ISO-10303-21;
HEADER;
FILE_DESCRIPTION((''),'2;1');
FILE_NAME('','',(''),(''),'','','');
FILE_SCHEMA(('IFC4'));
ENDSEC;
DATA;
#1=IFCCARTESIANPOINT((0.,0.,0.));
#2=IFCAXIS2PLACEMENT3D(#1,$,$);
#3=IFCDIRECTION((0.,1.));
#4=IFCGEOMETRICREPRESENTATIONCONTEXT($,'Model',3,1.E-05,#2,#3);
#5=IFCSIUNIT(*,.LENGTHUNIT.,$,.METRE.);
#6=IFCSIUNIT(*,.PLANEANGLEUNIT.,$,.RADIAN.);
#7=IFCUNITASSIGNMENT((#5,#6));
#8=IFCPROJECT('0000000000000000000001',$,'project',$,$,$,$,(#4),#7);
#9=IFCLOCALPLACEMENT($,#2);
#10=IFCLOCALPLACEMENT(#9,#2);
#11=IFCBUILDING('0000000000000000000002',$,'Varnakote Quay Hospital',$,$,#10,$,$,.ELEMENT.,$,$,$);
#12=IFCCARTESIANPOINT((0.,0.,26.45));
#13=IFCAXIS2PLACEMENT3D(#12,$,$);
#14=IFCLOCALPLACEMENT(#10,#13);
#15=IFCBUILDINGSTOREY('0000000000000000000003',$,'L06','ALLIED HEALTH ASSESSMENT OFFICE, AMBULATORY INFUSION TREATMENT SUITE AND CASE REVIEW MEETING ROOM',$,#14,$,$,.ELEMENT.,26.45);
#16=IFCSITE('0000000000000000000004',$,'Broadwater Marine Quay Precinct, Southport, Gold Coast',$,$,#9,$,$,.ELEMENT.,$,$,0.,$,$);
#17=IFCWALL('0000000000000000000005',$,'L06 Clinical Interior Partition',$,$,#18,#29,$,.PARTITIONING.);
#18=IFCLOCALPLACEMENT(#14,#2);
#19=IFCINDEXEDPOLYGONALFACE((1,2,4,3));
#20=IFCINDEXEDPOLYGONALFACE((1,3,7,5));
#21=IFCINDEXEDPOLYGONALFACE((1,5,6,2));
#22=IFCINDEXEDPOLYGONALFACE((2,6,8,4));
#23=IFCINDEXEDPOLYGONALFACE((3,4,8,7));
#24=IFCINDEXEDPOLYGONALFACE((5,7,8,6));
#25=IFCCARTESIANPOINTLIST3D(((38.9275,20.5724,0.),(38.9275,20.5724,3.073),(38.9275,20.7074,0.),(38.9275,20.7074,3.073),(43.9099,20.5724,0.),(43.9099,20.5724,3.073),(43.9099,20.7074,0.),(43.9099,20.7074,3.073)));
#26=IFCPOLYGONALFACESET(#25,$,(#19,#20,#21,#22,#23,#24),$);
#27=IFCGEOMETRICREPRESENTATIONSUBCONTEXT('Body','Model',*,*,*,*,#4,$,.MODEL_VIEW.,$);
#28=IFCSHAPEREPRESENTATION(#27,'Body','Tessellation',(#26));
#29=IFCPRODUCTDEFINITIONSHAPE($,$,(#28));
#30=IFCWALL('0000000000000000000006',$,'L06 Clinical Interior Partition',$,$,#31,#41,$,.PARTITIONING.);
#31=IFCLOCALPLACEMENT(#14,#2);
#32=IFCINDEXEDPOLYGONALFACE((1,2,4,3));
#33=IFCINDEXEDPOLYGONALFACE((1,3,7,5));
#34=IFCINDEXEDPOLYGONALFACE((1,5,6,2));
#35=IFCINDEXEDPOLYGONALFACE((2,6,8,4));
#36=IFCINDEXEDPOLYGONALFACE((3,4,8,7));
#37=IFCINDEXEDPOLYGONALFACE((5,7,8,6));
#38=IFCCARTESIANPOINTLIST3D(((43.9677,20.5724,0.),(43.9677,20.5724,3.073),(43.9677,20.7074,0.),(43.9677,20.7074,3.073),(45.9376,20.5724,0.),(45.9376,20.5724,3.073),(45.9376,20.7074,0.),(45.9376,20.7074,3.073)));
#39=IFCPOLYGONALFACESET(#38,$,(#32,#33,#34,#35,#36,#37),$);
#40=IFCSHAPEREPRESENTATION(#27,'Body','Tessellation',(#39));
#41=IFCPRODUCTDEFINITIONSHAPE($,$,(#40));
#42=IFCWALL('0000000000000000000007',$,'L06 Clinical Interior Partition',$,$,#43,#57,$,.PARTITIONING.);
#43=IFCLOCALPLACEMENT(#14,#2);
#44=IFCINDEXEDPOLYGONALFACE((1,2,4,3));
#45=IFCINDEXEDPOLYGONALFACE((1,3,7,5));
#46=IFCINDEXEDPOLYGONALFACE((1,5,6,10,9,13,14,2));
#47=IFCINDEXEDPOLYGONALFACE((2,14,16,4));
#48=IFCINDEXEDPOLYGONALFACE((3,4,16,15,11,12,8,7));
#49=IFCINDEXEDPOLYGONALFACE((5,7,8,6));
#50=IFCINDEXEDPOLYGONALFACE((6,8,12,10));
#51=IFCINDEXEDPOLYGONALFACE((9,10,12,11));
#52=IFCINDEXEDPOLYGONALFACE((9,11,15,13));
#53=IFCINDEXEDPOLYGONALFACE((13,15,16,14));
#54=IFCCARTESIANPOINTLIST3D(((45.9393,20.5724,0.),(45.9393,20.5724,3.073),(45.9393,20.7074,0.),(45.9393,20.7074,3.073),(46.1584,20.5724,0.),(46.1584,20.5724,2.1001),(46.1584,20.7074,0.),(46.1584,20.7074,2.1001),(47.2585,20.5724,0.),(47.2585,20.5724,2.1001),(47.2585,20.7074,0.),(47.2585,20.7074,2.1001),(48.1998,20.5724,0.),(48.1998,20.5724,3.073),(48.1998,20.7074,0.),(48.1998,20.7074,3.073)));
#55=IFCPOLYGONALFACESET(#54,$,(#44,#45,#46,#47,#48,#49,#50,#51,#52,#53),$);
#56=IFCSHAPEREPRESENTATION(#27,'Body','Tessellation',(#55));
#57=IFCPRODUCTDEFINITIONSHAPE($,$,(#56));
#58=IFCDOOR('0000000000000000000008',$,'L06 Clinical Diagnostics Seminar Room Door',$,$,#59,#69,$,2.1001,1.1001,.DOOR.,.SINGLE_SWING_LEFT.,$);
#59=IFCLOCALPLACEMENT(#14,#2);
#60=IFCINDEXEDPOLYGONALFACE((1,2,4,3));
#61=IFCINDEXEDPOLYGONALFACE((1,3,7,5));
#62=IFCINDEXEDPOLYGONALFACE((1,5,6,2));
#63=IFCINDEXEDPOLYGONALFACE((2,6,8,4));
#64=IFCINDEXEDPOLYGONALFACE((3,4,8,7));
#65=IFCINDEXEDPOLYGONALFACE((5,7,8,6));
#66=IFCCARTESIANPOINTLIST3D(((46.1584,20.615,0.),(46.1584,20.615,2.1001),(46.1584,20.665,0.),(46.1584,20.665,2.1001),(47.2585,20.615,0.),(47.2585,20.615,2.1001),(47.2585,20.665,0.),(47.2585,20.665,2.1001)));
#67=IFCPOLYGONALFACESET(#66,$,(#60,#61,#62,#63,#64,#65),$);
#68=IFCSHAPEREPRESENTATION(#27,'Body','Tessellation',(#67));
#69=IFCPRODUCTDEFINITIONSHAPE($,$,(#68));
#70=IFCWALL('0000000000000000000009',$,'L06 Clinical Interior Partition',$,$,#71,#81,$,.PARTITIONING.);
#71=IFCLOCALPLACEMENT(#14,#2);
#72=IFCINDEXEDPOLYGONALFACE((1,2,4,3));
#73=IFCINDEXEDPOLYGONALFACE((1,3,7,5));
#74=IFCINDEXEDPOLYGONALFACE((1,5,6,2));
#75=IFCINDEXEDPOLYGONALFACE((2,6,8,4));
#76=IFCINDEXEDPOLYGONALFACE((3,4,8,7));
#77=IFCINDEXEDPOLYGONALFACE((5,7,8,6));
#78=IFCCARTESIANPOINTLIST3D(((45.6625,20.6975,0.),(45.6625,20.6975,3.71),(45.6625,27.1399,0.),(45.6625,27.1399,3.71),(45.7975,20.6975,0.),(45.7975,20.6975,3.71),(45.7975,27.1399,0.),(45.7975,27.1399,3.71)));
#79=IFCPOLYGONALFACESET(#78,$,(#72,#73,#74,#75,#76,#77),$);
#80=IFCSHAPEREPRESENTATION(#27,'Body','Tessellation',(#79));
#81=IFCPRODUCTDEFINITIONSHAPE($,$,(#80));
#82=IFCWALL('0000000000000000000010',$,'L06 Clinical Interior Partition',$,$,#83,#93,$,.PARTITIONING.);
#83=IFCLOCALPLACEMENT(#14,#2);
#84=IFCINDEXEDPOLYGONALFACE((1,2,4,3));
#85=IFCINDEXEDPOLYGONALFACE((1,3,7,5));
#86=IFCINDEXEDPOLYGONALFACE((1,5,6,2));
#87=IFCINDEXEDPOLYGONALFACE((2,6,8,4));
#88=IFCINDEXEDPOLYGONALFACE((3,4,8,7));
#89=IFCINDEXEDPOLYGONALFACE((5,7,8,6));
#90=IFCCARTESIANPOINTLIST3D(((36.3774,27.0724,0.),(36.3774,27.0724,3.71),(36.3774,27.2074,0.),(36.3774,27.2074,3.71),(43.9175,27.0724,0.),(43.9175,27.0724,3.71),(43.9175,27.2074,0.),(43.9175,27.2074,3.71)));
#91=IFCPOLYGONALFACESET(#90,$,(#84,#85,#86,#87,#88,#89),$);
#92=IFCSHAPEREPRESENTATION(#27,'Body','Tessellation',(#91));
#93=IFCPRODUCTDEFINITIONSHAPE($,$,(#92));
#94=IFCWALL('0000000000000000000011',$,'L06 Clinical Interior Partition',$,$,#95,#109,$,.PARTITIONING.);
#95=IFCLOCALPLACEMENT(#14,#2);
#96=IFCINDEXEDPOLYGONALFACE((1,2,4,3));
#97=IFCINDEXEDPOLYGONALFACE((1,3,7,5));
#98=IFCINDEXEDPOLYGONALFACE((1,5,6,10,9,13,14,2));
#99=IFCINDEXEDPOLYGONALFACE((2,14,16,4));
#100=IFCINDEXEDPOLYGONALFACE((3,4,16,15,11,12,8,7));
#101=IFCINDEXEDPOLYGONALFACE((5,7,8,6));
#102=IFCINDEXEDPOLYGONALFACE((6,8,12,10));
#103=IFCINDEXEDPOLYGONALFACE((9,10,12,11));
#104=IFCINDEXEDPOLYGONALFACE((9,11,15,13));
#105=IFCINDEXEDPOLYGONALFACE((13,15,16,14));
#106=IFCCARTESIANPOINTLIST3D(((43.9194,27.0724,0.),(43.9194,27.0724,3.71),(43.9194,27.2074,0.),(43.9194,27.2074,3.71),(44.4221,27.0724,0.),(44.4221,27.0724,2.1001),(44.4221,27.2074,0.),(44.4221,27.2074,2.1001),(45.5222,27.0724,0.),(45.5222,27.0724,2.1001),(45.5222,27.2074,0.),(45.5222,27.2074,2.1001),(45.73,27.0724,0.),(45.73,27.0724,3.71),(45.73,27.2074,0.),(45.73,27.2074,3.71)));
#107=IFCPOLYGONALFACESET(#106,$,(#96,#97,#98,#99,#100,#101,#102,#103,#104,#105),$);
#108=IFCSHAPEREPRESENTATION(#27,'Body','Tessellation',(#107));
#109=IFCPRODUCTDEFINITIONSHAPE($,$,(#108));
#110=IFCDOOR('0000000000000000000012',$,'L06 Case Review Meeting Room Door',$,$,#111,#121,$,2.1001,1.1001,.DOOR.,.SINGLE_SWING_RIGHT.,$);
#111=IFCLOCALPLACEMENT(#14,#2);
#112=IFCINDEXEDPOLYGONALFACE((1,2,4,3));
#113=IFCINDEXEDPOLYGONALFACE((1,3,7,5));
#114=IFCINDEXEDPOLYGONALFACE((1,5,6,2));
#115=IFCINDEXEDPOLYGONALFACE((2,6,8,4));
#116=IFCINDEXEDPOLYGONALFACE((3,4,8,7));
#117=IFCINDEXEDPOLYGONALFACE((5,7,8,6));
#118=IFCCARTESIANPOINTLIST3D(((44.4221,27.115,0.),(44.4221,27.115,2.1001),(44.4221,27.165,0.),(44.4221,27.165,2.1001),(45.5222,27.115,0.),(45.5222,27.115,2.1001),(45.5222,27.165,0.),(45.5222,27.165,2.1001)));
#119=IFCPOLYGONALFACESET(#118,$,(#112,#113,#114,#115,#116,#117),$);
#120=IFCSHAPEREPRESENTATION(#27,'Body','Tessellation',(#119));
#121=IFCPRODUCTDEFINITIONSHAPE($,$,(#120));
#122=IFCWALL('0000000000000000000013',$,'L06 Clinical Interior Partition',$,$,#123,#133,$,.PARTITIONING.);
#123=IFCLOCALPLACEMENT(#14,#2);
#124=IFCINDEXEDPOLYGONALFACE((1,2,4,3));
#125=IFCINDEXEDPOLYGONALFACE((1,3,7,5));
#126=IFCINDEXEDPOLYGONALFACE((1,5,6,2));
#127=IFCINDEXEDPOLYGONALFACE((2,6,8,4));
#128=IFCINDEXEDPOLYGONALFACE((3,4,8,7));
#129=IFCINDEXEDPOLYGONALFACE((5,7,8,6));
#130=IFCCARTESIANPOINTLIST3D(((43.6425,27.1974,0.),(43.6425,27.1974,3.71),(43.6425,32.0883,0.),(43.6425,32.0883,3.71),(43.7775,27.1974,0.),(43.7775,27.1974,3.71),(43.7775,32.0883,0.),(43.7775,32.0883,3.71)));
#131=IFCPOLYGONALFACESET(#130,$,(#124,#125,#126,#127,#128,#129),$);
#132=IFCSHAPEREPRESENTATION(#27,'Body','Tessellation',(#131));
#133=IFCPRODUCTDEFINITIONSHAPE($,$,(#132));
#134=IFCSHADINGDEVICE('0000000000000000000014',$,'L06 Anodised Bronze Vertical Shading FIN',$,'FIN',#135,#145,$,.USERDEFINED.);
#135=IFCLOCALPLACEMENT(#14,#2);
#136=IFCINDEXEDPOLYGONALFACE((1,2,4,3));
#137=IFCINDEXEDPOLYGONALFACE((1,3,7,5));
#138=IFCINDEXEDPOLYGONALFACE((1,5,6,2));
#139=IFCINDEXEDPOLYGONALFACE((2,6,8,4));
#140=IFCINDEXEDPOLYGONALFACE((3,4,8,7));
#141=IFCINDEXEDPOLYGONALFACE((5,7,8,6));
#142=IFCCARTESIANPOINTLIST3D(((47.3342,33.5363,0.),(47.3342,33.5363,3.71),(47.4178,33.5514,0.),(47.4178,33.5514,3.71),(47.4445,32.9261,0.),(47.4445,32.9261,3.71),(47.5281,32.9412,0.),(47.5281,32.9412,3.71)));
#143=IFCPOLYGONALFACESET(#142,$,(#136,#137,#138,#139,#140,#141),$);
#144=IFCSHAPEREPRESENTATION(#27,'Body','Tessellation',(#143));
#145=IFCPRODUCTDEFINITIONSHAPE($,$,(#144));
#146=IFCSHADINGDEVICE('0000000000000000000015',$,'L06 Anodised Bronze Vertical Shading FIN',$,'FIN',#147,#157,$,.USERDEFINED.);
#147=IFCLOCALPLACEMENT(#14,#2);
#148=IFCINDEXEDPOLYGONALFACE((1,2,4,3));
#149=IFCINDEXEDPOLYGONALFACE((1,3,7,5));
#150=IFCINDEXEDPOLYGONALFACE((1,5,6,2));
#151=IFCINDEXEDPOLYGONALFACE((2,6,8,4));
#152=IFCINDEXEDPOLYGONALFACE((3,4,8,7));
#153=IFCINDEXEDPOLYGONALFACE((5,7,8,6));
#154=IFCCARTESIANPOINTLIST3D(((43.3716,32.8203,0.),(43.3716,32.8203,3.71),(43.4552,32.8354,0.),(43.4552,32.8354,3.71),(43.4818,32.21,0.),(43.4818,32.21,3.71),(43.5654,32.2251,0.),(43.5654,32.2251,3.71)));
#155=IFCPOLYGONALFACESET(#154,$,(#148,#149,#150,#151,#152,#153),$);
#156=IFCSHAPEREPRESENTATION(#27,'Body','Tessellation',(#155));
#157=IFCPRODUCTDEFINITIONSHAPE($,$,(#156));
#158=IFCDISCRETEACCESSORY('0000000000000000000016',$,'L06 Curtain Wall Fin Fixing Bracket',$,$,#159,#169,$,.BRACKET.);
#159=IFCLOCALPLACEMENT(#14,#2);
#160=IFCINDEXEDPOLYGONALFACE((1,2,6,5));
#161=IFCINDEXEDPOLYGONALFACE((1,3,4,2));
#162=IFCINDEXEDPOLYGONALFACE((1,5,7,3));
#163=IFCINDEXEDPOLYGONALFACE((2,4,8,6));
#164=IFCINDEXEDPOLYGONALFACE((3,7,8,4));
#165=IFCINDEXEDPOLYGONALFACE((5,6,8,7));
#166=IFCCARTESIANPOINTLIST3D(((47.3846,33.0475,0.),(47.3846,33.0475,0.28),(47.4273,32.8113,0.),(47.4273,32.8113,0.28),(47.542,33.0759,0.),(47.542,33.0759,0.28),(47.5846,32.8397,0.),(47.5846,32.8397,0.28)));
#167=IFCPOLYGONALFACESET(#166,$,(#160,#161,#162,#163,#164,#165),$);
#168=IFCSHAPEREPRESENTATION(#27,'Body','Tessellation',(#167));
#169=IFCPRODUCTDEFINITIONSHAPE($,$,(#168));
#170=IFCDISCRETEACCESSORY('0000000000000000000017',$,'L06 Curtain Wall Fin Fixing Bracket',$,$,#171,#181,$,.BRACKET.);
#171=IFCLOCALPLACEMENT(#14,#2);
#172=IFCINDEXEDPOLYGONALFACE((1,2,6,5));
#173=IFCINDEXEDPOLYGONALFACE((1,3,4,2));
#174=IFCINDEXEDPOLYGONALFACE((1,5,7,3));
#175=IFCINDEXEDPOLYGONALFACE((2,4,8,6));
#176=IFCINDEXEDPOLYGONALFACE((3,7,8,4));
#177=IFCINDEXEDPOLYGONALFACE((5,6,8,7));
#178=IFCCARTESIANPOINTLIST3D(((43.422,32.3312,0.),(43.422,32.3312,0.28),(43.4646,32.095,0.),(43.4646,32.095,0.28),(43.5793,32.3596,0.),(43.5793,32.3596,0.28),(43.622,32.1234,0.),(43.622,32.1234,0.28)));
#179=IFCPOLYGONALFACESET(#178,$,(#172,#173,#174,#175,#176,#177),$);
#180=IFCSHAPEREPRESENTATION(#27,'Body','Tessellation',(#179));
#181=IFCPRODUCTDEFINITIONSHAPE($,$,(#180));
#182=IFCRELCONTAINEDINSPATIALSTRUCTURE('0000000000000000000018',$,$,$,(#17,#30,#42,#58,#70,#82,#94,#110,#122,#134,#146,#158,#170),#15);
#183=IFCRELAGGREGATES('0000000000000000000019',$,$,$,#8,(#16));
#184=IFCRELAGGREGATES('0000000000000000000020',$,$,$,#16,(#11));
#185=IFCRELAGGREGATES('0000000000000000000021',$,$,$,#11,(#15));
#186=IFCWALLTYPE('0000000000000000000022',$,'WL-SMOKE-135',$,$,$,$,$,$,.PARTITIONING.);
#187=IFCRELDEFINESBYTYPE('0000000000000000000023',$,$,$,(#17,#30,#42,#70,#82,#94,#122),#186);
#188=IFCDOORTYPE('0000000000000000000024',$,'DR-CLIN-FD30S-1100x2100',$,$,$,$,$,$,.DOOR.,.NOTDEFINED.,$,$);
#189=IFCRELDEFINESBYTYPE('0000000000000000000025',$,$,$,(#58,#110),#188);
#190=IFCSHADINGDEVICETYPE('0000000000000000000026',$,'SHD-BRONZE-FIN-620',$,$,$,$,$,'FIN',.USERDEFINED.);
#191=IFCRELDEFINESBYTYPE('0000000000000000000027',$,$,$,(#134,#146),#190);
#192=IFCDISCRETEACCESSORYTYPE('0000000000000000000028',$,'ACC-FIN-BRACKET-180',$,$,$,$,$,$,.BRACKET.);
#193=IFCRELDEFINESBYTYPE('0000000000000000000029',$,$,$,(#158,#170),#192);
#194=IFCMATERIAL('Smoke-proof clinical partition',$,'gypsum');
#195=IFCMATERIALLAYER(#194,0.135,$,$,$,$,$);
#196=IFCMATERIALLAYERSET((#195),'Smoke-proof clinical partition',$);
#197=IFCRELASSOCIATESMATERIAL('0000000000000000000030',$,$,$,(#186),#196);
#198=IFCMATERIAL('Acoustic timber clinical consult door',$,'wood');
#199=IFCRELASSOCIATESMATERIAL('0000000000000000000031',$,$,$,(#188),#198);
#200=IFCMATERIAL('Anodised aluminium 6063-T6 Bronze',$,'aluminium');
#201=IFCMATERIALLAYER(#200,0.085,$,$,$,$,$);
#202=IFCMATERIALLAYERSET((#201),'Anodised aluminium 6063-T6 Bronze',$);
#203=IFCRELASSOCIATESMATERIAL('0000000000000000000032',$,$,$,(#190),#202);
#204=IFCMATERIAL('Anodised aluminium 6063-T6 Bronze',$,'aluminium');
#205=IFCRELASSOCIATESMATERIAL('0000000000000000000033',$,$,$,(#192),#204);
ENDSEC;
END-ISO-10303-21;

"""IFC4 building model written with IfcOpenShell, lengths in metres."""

from ifc_helpers import new_model, si_unit, direction, frame, frame_2d, origin, origin_2d, place, context, subcontext, project, spatial, rectangle, extrude, material, layer, layer_set, type_object, element, fill, save


model = new_model("IFC4")

# Units and contexts
model_context = context("Model", 3, precision=1e-05, world=origin(), true_north=direction((0.0, 1.0)))
body_context = subcontext(model_context, "Body", "Model", "MODEL_VIEW")
ifc_project = project(units=[si_unit("LENGTHUNIT", "METRE"), si_unit("PLANEANGLEUNIT", "RADIAN")], contexts=[model_context])

# Site, building, storey
site_placement = place(None, origin())
site = spatial("IfcSite", under=ifc_project, at=site_placement, Name="Broadwater Marine Quay Precinct, Southport, Gold Coast", CompositionType="ELEMENT", RefElevation=0.0)
building_placement = place(site_placement, origin())
building = spatial("IfcBuilding", under=site, at=building_placement, Name="Varnakote Quay Hospital", CompositionType="ELEMENT")
storey_placement = place(building_placement, frame((0.0, 0.0, 26.45)))
storey = spatial("IfcBuildingStorey", under=building, at=storey_placement, Name="L06", Description="ALLIED HEALTH ASSESSMENT OFFICE, AMBULATORY INFUSION TREATMENT SUITE AND CASE REVIEW MEETING ROOM", CompositionType="ELEMENT", Elevation=26.45)

# Walls
ifc_material_1 = material(Name="Smoke-proof clinical partition", Category="gypsum")
ifc_layer_1 = layer(ifc_material_1, 0.135)
ifc_layer_set_1 = layer_set([ifc_layer_1], Name="Smoke-proof clinical partition")
wall_type = type_object("IfcWallType", Name="WL-SMOKE-135", PredefinedType="PARTITIONING", material=ifc_layer_set_1)
wall_1_placement = place(storey_placement, frame((43.9099, 20.6399, 0.0), z_axis=(0.0, 0.0, 1.0), x_axis=(-1.0, 0.0, 0.0)))
element("IfcWall", 1, at=wall_1_placement, inside=storey, type_object=wall_type, Name="L06 Clinical Interior Partition", PredefinedType="PARTITIONING", context=body_context, shape_type="SweptSolid", body=[
    extrude(rectangle(XDim=4.9824, YDim=0.135, at=frame_2d((2.4912, 0.0))), origin(), (0.0, 0.0, 1.0), 3.073),
])
wall_2_placement = place(storey_placement, frame((45.9375, 20.6399, 0.0), z_axis=(0.0, 0.0, 1.0), x_axis=(-1.0, 0.0, 0.0)))
element("IfcWall", 2, at=wall_2_placement, inside=storey, type_object=wall_type, Name="L06 Clinical Interior Partition", PredefinedType="PARTITIONING", context=body_context, shape_type="SweptSolid", body=[
    extrude(rectangle(XDim=1.97, YDim=0.135, at=frame_2d((0.9849, 0.0))), origin(), (0.0, 0.0, 1.0), 3.073),
])

# Wall, opening, door
wall_3_placement = place(storey_placement, frame((48.2, 20.6399, 0.0), z_axis=(0.0, 0.0, 1.0), x_axis=(-1.0, 0.0, 0.0)))
wall_3 = element("IfcWall", 3, at=wall_3_placement, inside=storey, type_object=wall_type, Name="L06 Clinical Interior Partition", PredefinedType="PARTITIONING", context=body_context, shape_type="SweptSolid", body=[
    extrude(rectangle(XDim=2.2605, YDim=0.135, at=frame_2d((1.1304, 0.0))), origin(), (0.0, 0.0, 1.0), 3.073),
])
opening_1_placement = place(wall_3_placement, frame((0.9414, 0.0, 0.0)))
opening_1 = element("IfcOpeningElement", 4, at=opening_1_placement, cuts=wall_3, PredefinedType="OPENING", context=body_context, shape_type="SweptSolid", body=[
    extrude(rectangle(XDim=1.1001, YDim=2.1001, at=frame_2d((0.55, 1.05))), frame((0.0, 0.0774, 0.0), z_axis=(0.0, -1.0, 0.0), x_axis=(1.0, 0.0, 0.0)), (0.0, 0.0, 1.0), 0.155),
])
ifc_material_2 = material(Name="Acoustic timber clinical consult door", Category="wood")
door_type = type_object("IfcDoorType", Name="DR-CLIN-FD30S-1100x2100", OperationType="NOTDEFINED", PredefinedType="DOOR", material=ifc_material_2)
door_1_placement = place(opening_1_placement, origin())
door_1 = element("IfcDoor", 5, at=door_1_placement, inside=storey, type_object=door_type, Name="L06 Clinical Diagnostics Seminar Room Door", OperationType="SINGLE_SWING_LEFT", OverallHeight=2.1001, OverallWidth=1.1001, PredefinedType="DOOR", context=body_context, shape_type="SweptSolid", body=[
    extrude(rectangle(XDim=1.1001, YDim=2.1001, at=frame_2d((0.55, 1.05))), frame((0.0, 0.0249, 0.0), z_axis=(0.0, -1.0, 0.0), x_axis=(1.0, 0.0, 0.0)), (0.0, 0.0, 1.0), 0.05),
])
fill(opening_1, door_1)

# Walls
wall_4_placement = place(storey_placement, frame((45.73, 20.6975, 0.0), z_axis=(0.0, 0.0, 1.0), x_axis=(0.0, 1.0, 0.0)))
element("IfcWall", 6, at=wall_4_placement, inside=storey, type_object=wall_type, Name="L06 Clinical Interior Partition", PredefinedType="PARTITIONING", context=body_context, shape_type="SweptSolid", body=[
    extrude(rectangle(XDim=6.4424, YDim=0.135, at=frame_2d((3.2212, 0.0))), origin(), (0.0, 0.0, 1.0), 3.71),
])
wall_5_placement = place(storey_placement, frame((43.9175, 27.1399, 0.0), z_axis=(0.0, 0.0, 1.0), x_axis=(-1.0, 0.0, 0.0)))
element("IfcWall", 7, at=wall_5_placement, inside=storey, type_object=wall_type, Name="L06 Clinical Interior Partition", PredefinedType="PARTITIONING", context=body_context, shape_type="SweptSolid", body=[
    extrude(rectangle(XDim=7.54, YDim=0.135, at=frame_2d((3.77, 0.0))), origin(), (0.0, 0.0, 1.0), 3.71),
])

# Wall, opening, door
wall_6_placement = place(storey_placement, frame((45.73, 27.1399, 0.0), z_axis=(0.0, 0.0, 1.0), x_axis=(-1.0, 0.0, 0.0)))
wall_6 = element("IfcWall", 8, at=wall_6_placement, inside=storey, type_object=wall_type, Name="L06 Clinical Interior Partition", PredefinedType="PARTITIONING", context=body_context, shape_type="SweptSolid", body=[
    extrude(rectangle(XDim=1.8105, YDim=0.135, at=frame_2d((0.9053, 0.0))), origin(), (0.0, 0.0, 1.0), 3.71),
])
opening_2_placement = place(wall_6_placement, frame((0.2078, 0.0, 0.0)))
opening_2 = element("IfcOpeningElement", 9, at=opening_2_placement, cuts=wall_6, PredefinedType="OPENING", context=body_context, shape_type="SweptSolid", body=[
    extrude(rectangle(XDim=1.1001, YDim=2.1001, at=frame_2d((0.55, 1.05))), frame((0.0, 0.0774, 0.0), z_axis=(0.0, -1.0, 0.0), x_axis=(1.0, 0.0, 0.0)), (0.0, 0.0, 1.0), 0.155),
])
door_2_placement = place(opening_2_placement, origin())
door_2 = element("IfcDoor", 10, at=door_2_placement, inside=storey, type_object=door_type, Name="L06 Case Review Meeting Room Door", OperationType="SINGLE_SWING_RIGHT", OverallHeight=2.1001, OverallWidth=1.1001, PredefinedType="DOOR", context=body_context, shape_type="SweptSolid", body=[
    extrude(rectangle(XDim=1.1001, YDim=2.1001, at=frame_2d((0.55, 1.05))), frame((0.0, 0.0249, 0.0), z_axis=(0.0, -1.0, 0.0), x_axis=(1.0, 0.0, 0.0)), (0.0, 0.0, 1.0), 0.05),
])
fill(opening_2, door_2)

# Wall
wall_7_placement = place(storey_placement, frame((43.71, 27.1975, 0.0), z_axis=(0.0, 0.0, 1.0), x_axis=(0.0, 1.0, 0.0)))
element("IfcWall", 11, at=wall_7_placement, inside=storey, type_object=wall_type, Name="L06 Clinical Interior Partition", PredefinedType="PARTITIONING", context=body_context, shape_type="SweptSolid", body=[
    extrude(rectangle(XDim=4.8909, YDim=0.135, at=frame_2d((2.4453, 0.0))), origin(), (0.0, 0.0, 1.0), 3.71),
])

# Shading devices
ifc_material_3 = material(Name="Anodised aluminium 6063-T6 Bronze", Category="aluminium")
ifc_layer_2 = layer(ifc_material_3, 0.085)
ifc_layer_set_2 = layer_set([ifc_layer_2], Name="Anodised aluminium 6063-T6 Bronze")
shading_device_type = type_object("IfcShadingDeviceType", Name="SHD-BRONZE-FIN-620", ElementType="FIN", PredefinedType="USERDEFINED", material=ifc_layer_set_2)
for number, where, z_axis, x_axis, name in (
    (12, (47.4312, 33.2388, 0.0), (0.0, 0.0, 1.0), (0.177772, -0.984072, 0.0), "L06 Anodised Bronze Vertical Shading FIN"),
    (13, (43.4685, 32.5227, 0.0), (0.0, 0.0, 1.0), (0.177772, -0.984072, 0.0), "L06 Anodised Bronze Vertical Shading FIN"),
):
    element("IfcShadingDevice", number, at=place(storey_placement, frame(where, z_axis=z_axis, x_axis=x_axis)), inside=storey, type_object=shading_device_type, Name=name, ObjectType="FIN", PredefinedType="USERDEFINED", context=body_context, shape_type="SweptSolid", body=[
        extrude(rectangle(XDim=0.6201, YDim=0.085, at=origin_2d()), origin(), (0.0, 0.0, 1.0), 3.71),
    ])

# Discrete accessories
ifc_material_4 = material(Name="Anodised aluminium 6063-T6 Bronze", Category="aluminium")
discrete_accessory_type = type_object("IfcDiscreteAccessoryType", Name="ACC-FIN-BRACKET-180", PredefinedType="BRACKET", material=ifc_material_4)
for number, where, z_axis, x_axis, name in (
    (14, (47.4846, 32.9436, 0.0), (0.0, 0.0, 1.0), (-0.984072, -0.177772, 0.0), "L06 Curtain Wall Fin Fixing Bracket"),
    (15, (43.522, 32.2273, 0.0), (0.0, 0.0, 1.0), (-0.984072, -0.177772, 0.0), "L06 Curtain Wall Fin Fixing Bracket"),
):
    element("IfcDiscreteAccessory", number, at=place(storey_placement, frame(where, z_axis=z_axis, x_axis=x_axis)), inside=storey, type_object=discrete_accessory_type, Name=name, PredefinedType="BRACKET", context=body_context, shape_type="SweptSolid", body=[
        extrude(rectangle(XDim=0.1599, YDim=0.24, at=origin_2d()), origin(), (0.0, 0.0, 1.0), 0.28),
    ])

save(model, "model.ifc")
